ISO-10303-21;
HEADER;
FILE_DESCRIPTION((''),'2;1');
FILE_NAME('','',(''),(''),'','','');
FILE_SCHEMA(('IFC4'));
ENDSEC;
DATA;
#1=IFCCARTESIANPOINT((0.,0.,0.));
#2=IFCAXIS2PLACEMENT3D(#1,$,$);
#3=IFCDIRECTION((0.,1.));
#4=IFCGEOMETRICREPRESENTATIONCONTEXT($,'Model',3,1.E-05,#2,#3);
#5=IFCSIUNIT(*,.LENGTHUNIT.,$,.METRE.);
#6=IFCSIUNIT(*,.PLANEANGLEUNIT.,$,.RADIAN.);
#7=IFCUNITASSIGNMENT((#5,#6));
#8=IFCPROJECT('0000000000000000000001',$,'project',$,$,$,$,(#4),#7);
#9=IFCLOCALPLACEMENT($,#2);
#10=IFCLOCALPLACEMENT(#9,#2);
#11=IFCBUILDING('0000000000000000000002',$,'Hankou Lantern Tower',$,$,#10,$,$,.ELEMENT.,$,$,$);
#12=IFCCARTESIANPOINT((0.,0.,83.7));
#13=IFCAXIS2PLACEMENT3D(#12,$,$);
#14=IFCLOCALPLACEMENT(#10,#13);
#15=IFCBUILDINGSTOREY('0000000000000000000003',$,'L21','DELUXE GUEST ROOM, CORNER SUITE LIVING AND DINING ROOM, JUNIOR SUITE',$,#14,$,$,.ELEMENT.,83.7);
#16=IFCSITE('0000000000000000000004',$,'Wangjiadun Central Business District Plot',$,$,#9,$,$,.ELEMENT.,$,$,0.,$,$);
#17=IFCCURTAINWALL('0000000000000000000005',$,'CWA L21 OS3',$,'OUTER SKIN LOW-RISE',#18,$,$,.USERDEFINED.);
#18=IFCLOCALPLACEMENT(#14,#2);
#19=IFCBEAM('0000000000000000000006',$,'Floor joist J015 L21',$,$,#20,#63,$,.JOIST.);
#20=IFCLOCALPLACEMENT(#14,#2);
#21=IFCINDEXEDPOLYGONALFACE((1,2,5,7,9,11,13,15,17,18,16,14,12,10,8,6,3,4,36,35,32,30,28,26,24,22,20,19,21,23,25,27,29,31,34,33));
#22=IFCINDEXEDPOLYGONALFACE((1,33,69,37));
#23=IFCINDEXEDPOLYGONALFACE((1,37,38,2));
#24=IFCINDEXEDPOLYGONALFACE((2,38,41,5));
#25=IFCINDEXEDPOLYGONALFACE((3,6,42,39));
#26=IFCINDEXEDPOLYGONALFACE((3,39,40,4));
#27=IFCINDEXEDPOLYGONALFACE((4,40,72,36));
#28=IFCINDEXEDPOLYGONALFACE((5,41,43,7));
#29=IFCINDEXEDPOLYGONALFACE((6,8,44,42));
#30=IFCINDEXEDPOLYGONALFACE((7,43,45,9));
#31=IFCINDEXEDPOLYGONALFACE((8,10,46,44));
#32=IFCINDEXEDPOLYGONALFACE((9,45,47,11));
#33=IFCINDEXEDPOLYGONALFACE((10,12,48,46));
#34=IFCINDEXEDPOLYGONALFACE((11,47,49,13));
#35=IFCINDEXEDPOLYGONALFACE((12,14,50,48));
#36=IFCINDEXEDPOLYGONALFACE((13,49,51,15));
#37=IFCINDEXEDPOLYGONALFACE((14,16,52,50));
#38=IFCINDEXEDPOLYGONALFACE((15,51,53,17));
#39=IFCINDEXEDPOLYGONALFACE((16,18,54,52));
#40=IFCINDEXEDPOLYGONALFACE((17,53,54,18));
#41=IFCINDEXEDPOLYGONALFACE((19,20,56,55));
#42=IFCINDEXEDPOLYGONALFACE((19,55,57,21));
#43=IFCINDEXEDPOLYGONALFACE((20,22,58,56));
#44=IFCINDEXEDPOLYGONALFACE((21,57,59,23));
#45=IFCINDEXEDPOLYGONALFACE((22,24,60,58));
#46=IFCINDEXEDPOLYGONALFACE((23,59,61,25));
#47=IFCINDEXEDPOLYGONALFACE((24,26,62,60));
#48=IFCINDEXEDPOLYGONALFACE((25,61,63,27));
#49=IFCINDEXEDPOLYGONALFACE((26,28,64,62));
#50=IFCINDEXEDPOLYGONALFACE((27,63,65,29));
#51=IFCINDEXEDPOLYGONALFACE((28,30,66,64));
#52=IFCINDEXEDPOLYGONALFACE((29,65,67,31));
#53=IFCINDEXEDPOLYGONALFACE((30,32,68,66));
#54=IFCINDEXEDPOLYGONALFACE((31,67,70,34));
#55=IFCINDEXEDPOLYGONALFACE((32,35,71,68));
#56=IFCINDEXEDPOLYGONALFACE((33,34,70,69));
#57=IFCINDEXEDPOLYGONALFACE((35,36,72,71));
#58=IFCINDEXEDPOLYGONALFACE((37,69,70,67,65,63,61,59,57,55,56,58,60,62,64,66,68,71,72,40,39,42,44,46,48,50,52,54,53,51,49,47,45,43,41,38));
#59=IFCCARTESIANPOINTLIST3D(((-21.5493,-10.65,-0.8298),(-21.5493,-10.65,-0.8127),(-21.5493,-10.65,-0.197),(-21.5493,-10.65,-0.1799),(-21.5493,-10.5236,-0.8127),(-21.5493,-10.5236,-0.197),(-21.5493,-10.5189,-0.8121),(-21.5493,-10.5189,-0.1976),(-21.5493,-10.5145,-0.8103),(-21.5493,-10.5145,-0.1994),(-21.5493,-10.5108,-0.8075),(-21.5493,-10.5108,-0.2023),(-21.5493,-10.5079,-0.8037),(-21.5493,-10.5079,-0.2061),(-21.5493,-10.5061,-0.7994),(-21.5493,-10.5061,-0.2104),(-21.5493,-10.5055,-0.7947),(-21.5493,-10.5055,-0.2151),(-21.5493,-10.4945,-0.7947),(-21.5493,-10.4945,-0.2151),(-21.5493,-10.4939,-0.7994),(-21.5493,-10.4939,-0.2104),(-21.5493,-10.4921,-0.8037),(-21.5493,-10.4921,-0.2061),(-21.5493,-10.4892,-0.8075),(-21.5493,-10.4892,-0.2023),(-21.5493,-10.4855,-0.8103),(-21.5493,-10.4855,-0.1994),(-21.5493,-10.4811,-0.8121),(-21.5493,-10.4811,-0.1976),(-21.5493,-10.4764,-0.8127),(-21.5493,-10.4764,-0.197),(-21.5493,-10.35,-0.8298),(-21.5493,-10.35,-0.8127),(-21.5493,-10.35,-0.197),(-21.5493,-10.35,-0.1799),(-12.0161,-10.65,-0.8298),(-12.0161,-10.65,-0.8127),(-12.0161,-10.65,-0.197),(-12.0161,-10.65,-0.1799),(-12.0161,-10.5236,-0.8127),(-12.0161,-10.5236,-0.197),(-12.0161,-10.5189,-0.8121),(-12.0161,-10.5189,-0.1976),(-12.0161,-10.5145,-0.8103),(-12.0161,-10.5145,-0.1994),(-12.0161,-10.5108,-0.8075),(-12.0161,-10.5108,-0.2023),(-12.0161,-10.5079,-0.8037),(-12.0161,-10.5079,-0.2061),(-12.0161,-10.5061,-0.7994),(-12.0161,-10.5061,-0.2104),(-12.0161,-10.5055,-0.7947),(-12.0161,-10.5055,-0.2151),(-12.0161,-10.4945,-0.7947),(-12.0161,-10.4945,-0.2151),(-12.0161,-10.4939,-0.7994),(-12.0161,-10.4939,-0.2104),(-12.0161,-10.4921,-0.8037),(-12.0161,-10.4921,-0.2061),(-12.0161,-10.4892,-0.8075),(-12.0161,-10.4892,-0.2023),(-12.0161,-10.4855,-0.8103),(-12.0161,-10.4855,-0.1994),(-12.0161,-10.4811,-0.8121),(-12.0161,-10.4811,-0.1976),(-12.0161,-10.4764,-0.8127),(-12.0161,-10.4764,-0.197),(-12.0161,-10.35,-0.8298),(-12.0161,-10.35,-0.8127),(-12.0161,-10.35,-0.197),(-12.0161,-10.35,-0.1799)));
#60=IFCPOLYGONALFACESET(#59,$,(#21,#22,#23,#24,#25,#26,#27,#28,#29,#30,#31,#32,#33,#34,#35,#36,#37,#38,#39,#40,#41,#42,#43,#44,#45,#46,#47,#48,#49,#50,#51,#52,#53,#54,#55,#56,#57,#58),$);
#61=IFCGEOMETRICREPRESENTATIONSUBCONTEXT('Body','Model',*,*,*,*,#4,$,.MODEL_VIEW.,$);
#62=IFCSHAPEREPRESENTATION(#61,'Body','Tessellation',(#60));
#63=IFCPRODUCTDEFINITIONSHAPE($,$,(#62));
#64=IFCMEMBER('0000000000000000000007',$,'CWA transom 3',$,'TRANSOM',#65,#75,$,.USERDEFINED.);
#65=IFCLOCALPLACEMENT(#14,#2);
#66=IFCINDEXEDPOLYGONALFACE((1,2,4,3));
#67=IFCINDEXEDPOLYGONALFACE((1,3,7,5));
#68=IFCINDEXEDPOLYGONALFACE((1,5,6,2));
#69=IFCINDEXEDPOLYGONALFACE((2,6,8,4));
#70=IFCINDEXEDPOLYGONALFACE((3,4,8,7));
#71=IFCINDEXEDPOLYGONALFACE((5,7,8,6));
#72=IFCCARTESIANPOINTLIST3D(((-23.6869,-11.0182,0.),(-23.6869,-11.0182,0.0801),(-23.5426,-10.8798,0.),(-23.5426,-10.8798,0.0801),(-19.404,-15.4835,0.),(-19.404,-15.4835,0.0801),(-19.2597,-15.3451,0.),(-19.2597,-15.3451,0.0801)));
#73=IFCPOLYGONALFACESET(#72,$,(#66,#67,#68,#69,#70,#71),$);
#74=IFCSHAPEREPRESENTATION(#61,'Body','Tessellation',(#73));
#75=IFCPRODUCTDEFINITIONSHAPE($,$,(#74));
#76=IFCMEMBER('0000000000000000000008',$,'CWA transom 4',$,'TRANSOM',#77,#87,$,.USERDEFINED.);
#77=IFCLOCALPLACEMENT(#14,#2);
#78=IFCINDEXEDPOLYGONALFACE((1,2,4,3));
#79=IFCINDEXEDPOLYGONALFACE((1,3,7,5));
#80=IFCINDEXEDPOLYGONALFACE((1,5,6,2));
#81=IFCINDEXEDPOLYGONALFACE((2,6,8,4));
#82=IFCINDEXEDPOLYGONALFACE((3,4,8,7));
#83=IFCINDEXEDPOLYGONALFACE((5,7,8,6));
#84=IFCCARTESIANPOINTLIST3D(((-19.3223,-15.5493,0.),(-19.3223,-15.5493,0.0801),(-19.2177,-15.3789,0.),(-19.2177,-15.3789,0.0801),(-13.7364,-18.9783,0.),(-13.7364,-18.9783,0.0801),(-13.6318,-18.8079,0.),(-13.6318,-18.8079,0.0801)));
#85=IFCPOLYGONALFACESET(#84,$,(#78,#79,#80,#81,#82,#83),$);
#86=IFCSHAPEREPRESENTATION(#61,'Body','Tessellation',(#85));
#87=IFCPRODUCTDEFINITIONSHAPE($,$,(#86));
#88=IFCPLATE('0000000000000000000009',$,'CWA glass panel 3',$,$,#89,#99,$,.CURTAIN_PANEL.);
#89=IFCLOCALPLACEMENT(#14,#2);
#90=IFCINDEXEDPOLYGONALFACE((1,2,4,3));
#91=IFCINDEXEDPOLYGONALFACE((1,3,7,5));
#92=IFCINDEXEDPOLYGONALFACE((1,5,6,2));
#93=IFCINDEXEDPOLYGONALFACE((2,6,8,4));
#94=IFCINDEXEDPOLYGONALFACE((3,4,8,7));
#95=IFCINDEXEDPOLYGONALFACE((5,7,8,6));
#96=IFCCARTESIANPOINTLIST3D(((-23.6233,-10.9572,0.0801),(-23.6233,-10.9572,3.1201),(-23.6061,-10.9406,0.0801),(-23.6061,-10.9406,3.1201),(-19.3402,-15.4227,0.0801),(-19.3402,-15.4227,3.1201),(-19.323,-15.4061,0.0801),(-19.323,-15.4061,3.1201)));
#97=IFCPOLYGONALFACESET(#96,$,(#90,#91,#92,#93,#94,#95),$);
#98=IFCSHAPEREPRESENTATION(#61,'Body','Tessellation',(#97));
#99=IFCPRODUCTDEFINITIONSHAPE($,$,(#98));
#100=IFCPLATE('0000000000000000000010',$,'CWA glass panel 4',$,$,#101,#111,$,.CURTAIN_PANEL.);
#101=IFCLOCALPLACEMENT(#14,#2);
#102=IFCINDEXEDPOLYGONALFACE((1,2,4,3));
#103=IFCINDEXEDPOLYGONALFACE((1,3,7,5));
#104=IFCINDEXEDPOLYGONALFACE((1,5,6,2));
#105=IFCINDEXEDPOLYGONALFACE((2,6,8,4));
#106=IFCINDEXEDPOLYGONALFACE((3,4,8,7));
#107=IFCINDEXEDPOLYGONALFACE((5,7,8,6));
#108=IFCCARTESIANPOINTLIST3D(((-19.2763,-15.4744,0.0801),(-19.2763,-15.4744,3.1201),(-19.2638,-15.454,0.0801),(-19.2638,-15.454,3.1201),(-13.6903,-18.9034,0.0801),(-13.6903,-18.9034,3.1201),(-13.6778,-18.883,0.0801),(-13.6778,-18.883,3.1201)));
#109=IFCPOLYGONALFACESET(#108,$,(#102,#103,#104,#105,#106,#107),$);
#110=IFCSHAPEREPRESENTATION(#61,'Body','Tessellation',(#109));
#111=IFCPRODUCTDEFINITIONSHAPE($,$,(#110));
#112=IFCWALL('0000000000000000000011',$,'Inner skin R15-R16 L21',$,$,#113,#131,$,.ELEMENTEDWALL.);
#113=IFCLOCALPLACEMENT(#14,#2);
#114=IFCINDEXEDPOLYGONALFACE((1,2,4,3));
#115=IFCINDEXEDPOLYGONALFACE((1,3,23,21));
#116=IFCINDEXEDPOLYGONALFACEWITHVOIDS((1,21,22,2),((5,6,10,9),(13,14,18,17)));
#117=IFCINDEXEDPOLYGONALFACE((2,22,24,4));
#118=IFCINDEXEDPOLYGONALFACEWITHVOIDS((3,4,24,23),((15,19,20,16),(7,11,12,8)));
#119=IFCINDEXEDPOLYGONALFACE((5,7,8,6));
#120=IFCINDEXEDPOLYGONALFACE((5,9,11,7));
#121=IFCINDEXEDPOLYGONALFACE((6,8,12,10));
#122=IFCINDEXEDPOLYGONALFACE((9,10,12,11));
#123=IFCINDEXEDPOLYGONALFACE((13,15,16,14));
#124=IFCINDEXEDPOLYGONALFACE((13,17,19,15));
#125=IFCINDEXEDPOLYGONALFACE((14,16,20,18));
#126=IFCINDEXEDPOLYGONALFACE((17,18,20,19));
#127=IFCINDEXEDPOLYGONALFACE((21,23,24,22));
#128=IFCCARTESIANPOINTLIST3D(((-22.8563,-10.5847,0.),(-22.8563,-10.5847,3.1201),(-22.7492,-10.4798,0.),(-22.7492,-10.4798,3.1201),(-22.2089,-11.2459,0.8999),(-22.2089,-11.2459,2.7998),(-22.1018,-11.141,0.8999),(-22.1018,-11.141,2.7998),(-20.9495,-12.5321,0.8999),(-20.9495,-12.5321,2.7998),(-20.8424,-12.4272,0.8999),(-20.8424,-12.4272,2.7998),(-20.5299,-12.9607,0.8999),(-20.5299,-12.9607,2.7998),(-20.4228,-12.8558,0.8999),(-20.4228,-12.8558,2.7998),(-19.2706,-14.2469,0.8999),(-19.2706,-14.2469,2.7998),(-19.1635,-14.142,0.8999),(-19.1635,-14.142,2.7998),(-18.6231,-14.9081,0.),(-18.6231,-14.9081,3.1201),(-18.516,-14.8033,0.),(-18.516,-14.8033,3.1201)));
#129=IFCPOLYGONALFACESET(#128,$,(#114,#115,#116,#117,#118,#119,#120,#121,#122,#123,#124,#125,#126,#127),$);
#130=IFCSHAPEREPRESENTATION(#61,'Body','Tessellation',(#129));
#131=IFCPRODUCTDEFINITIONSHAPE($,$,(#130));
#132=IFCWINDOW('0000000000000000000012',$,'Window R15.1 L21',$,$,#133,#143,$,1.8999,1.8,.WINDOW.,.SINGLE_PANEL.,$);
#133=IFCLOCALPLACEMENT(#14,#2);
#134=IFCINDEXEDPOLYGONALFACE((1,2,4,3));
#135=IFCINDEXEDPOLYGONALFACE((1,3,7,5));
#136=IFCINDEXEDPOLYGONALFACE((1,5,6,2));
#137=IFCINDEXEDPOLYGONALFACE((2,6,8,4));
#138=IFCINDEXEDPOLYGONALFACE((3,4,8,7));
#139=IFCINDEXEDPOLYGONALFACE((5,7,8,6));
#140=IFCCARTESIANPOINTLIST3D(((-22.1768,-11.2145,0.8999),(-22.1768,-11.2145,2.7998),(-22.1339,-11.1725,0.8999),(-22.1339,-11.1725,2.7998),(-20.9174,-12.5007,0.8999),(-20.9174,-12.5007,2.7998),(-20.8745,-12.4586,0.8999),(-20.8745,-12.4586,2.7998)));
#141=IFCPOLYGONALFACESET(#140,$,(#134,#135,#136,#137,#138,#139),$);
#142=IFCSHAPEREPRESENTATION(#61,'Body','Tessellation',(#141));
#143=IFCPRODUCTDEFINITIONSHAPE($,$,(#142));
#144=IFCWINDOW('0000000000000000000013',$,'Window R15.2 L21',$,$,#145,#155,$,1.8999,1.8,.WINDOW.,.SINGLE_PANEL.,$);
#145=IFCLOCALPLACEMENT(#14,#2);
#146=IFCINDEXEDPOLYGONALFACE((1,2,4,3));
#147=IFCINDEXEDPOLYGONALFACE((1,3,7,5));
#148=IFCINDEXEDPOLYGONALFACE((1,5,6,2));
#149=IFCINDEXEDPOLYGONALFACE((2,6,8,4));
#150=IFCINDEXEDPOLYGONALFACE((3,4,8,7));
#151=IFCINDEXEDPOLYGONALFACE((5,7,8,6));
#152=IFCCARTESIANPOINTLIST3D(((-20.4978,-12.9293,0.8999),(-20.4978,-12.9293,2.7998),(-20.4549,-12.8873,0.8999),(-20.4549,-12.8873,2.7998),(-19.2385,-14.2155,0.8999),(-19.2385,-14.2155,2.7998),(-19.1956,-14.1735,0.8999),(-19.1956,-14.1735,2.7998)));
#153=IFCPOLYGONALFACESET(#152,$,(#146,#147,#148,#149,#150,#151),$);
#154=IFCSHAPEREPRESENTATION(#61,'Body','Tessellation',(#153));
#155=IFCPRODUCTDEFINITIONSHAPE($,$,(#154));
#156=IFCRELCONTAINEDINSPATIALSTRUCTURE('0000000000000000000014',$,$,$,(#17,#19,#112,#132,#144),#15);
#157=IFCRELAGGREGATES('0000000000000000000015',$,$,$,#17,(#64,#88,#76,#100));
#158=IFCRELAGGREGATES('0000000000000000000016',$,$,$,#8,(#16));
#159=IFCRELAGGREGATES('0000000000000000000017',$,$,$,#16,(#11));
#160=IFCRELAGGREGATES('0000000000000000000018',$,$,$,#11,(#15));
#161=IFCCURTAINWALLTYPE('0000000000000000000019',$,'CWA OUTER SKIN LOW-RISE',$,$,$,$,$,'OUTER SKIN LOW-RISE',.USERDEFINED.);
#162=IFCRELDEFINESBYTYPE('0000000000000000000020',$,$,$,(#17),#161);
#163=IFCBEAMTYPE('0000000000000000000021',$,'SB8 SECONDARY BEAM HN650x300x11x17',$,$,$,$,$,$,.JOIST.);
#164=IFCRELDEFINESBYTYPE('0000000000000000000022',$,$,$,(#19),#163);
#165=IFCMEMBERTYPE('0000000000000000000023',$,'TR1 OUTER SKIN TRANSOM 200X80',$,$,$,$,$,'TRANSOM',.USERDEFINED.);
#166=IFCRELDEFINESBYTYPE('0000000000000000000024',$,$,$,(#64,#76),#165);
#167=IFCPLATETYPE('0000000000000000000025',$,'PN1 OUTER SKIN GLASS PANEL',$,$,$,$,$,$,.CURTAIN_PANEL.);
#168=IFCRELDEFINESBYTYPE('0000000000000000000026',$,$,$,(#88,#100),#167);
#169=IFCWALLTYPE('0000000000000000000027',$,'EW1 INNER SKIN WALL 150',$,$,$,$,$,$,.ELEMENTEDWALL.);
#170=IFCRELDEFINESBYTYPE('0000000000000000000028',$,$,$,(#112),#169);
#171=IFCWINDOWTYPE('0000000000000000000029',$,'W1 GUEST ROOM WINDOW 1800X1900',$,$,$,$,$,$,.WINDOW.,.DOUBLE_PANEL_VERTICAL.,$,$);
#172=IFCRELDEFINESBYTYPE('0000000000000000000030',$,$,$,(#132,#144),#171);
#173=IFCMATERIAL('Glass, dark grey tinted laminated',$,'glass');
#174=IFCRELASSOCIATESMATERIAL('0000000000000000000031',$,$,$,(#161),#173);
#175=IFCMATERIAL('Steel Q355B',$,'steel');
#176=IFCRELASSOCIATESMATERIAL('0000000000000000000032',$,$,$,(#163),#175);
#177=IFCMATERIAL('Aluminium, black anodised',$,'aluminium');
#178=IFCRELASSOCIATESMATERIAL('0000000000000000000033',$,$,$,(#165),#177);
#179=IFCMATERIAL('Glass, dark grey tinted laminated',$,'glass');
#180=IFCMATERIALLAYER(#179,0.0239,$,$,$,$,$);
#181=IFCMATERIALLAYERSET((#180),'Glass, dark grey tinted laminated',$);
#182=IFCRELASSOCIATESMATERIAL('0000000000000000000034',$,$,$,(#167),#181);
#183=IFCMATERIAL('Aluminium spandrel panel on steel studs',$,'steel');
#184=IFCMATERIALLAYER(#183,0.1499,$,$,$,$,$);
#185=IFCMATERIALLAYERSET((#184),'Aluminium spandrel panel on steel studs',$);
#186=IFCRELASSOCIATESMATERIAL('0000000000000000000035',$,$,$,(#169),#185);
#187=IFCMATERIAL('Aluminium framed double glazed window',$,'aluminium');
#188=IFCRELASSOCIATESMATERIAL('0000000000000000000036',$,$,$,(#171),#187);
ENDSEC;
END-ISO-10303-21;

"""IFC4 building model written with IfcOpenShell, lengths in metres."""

from ifc_helpers import new_model, si_unit, direction, frame, frame_2d, origin, origin_2d, place, context, subcontext, project, spatial, rectangle, i_section, extrude, material, layer, layer_set, material_profile, profile_set, type_object, element, fill, aggregate, save


model = new_model("IFC4")

# Units and contexts
model_context = context("Model", 3, precision=1e-05, world=origin(), true_north=direction((0.0, 1.0)))
body_context = subcontext(model_context, "Body", "Model", "MODEL_VIEW")
ifc_project = project(units=[si_unit("LENGTHUNIT", "METRE"), si_unit("PLANEANGLEUNIT", "RADIAN")], contexts=[model_context])

# Site, building, storey
site_placement = place(None, origin())
site = spatial("IfcSite", under=ifc_project, at=site_placement, Name="Wangjiadun Central Business District Plot", CompositionType="ELEMENT", RefElevation=0.0)
building_placement = place(site_placement, origin())
building = spatial("IfcBuilding", under=site, at=building_placement, Name="Hankou Lantern Tower", CompositionType="ELEMENT")
storey_placement = place(building_placement, frame((0.0, 0.0, 83.7)))
storey = spatial("IfcBuildingStorey", under=building, at=storey_placement, Name="L21", Description="DELUXE GUEST ROOM, CORNER SUITE LIVING AND DINING ROOM, JUNIOR SUITE", CompositionType="ELEMENT", Elevation=83.7)

# Curtain wall
ifc_material_1 = material(Name="Glass, dark grey tinted laminated", Category="glass")
curtain_wall_type = type_object("IfcCurtainWallType", Name="CWA OUTER SKIN LOW-RISE", ElementType="OUTER SKIN LOW-RISE", PredefinedType="USERDEFINED", material=ifc_material_1)
curtain_wall_placement = place(storey_placement, origin())
curtain_wall = element("IfcCurtainWall", 1, at=curtain_wall_placement, inside=storey, type_object=curtain_wall_type, Name="CWA L21 OS3", ObjectType="OUTER SKIN LOW-RISE", PredefinedType="USERDEFINED")

# Beam
ifc_material_2 = material(Name="Steel Q355B", Category="steel")
ifc_material_profile_1 = material_profile(ifc_material_2, i_section(OverallWidth=0.3, OverallDepth=0.6499, WebThickness=0.011, FlangeThickness=0.0171, FilletRadius=0.0181, at=origin_2d()), Name="HN650x300x11x17")
ifc_profile_set_1 = profile_set([ifc_material_profile_1], Name="Steel Q355B")
beam_type_1 = type_object("IfcBeamType", Name="SB8 SECONDARY BEAM HN650x300x11x17", PredefinedType="JOIST", material=ifc_profile_set_1)
beam_1_placement = place(storey_placement, frame((-21.5493, -10.5, -0.5049), z_axis=(1.0, 0.0, 0.0), x_axis=(0.0, 1.0, 0.0)))
element("IfcBeam", 2, at=beam_1_placement, inside=storey, type_object=beam_type_1, Name="Floor joist J015 L21", PredefinedType="JOIST", context=body_context, shape_type="SweptSolid", body=[
    extrude(i_section(OverallWidth=0.3, OverallDepth=0.6499, WebThickness=0.011, FlangeThickness=0.0171, FilletRadius=0.0181, at=origin_2d()), origin(), (0.0, 0.0, 1.0), 9.5332),
])

# Members
ifc_material_3 = material(Name="Aluminium, black anodised", Category="aluminium")
ifc_material_profile_2 = material_profile(ifc_material_3, rectangle(XDim=0.2, YDim=0.0801, at=origin_2d()), Name="TR1 200X80")
ifc_profile_set_2 = profile_set([ifc_material_profile_2], Name="Aluminium, black anodised")
member_type_1 = type_object("IfcMemberType", Name="TR1 OUTER SKIN TRANSOM 200X80", ElementType="TRANSOM", PredefinedType="USERDEFINED", material=ifc_profile_set_2)
member_1_placement = place(storey_placement, frame((-23.6147, -10.949, 0.04), z_axis=(0.692216, -0.721691, 0.0), x_axis=(0.721691, 0.692216, 0.0)))
member_1 = element("IfcMember", 3, at=member_1_placement, type_object=member_type_1, Name="CWA transom 3", ObjectType="TRANSOM", PredefinedType="USERDEFINED", context=body_context, shape_type="SweptSolid", body=[
    extrude(rectangle(XDim=0.2, YDim=0.0801, at=origin_2d()), origin(), (0.0, 0.0, 1.0), 6.1873),
])
member_2_placement = place(storey_placement, frame((-19.27, -15.4641, 0.04), z_axis=(0.85224, -0.523152, 0.0), x_axis=(0.523152, 0.85224, 0.0)))
member_2 = element("IfcMember", 4, at=member_2_placement, type_object=member_type_1, Name="CWA transom 4", ObjectType="TRANSOM", PredefinedType="USERDEFINED", context=body_context, shape_type="SweptSolid", body=[
    extrude(rectangle(XDim=0.2, YDim=0.0801, at=origin_2d()), origin(), (0.0, 0.0, 1.0), 6.5544),
])

# Plates
ifc_material_4 = material(Name="Glass, dark grey tinted laminated", Category="glass")
ifc_layer_1 = layer(ifc_material_4, 0.0239)
ifc_layer_set_1 = layer_set([ifc_layer_1], Name="Glass, dark grey tinted laminated")
plate_type = type_object("IfcPlateType", Name="PN1 OUTER SKIN GLASS PANEL", PredefinedType="CURTAIN_PANEL", material=ifc_layer_set_1)
plate_1_placement = place(storey_placement, frame((-21.4731, -13.1816, 0.0801), z_axis=(0.0, 0.0, 1.0), x_axis=(0.692216, -0.721691, 0.0)))
plate_1 = element("IfcPlate", 5, at=plate_1_placement, type_object=plate_type, Name="CWA glass panel 3", PredefinedType="CURTAIN_PANEL", context=body_context, shape_type="SweptSolid", body=[
    extrude(rectangle(XDim=6.1875, YDim=0.0239, at=origin_2d()), origin(), (0.0, 0.0, 1.0), 3.04),
])
plate_2_placement = place(storey_placement, frame((-16.4771, -17.1787, 0.0801), z_axis=(0.0, 0.0, 1.0), x_axis=(0.852237, -0.523156, 0.0)))
plate_2 = element("IfcPlate", 6, at=plate_2_placement, type_object=plate_type, Name="CWA glass panel 4", PredefinedType="CURTAIN_PANEL", context=body_context, shape_type="SweptSolid", body=[
    extrude(rectangle(XDim=6.5544, YDim=0.0239, at=origin_2d()), origin(), (0.0, 0.0, 1.0), 3.04),
])
aggregate(curtain_wall, [member_1, plate_1, member_2, plate_2])

# Wall, openings, windows
ifc_material_5 = material(Name="Aluminium spandrel panel on steel studs", Category="steel")
ifc_layer_2 = layer(ifc_material_5, 0.1499)
ifc_layer_set_2 = layer_set([ifc_layer_2], Name="Aluminium spandrel panel on steel studs")
wall_type_1 = type_object("IfcWallType", Name="EW1 INNER SKIN WALL 150", PredefinedType="ELEMENTEDWALL", material=ifc_layer_set_2)
wall_1_placement = place(storey_placement, frame((-22.8027, -10.5322, 0.0), z_axis=(0.0, 0.0, 1.0), x_axis=(0.699603, -0.714532, 0.0)))
wall_1 = element("IfcWall", 7, at=wall_1_placement, inside=storey, type_object=wall_type_1, Name="Inner skin R15-R16 L21", PredefinedType="ELEMENTEDWALL", context=body_context, shape_type="SweptSolid", body=[
    extrude(rectangle(XDim=6.0508, YDim=0.1499, at=frame_2d((3.0254, 0.0))), origin(), (0.0, 0.0, 1.0), 3.1201),
])
opening_1_placement = place(wall_1_placement, frame((0.9255, 0.0, 0.8999)))
opening_1 = element("IfcOpeningElement", 8, at=opening_1_placement, cuts=wall_1, PredefinedType="OPENING", context=body_context, shape_type="SweptSolid", body=[
    extrude(rectangle(XDim=1.8, YDim=1.8999, at=frame_2d((0.8999, 0.95))), frame((0.0, 0.085, 0.0), z_axis=(0.0, -1.0, 0.0), x_axis=(1.0, 0.0, 0.0)), (0.0, 0.0, 1.0), 0.1699),
])
opening_2_placement = place(wall_1_placement, frame((3.3254, 0.0, 0.8999)))
opening_2 = element("IfcOpeningElement", 9, at=opening_2_placement, cuts=wall_1, PredefinedType="OPENING", context=body_context, shape_type="SweptSolid", body=[
    extrude(rectangle(XDim=1.8, YDim=1.8999, at=frame_2d((0.8999, 0.95))), frame((0.0, 0.085, 0.0), z_axis=(0.0, -1.0, 0.0), x_axis=(1.0, 0.0, 0.0)), (0.0, 0.0, 1.0), 0.1699),
])
ifc_material_6 = material(Name="Aluminium framed double glazed window", Category="aluminium")
window_type = type_object("IfcWindowType", Name="W1 GUEST ROOM WINDOW 1800X1900", PartitioningType="DOUBLE_PANEL_VERTICAL", PredefinedType="WINDOW", material=ifc_material_6)
window_1_placement = place(opening_1_placement, origin())
window_1 = element("IfcWindow", 10, at=window_1_placement, inside=storey, type_object=window_type, Name="Window R15.1 L21", OverallHeight=1.8999, OverallWidth=1.8, PartitioningType="SINGLE_PANEL", PredefinedType="WINDOW", context=body_context, shape_type="SweptSolid", body=[
    extrude(rectangle(XDim=1.8, YDim=1.8999, at=frame_2d((0.8999, 0.95))), frame((0.0, 0.03, 0.0), z_axis=(0.0, -1.0, 0.0), x_axis=(1.0, 0.0, 0.0)), (0.0, 0.0, 1.0), 0.0601),
])
fill(opening_1, window_1)
window_2_placement = place(opening_2_placement, origin())
window_2 = element("IfcWindow", 11, at=window_2_placement, inside=storey, type_object=window_type, Name="Window R15.2 L21", OverallHeight=1.8999, OverallWidth=1.8, PartitioningType="SINGLE_PANEL", PredefinedType="WINDOW", context=body_context, shape_type="SweptSolid", body=[
    extrude(rectangle(XDim=1.8, YDim=1.8999, at=frame_2d((0.8999, 0.95))), frame((0.0, 0.03, 0.0), z_axis=(0.0, -1.0, 0.0), x_axis=(1.0, 0.0, 0.0)), (0.0, 0.0, 1.0), 0.0601),
])
fill(opening_2, window_2)

save(model, "model.ifc")
